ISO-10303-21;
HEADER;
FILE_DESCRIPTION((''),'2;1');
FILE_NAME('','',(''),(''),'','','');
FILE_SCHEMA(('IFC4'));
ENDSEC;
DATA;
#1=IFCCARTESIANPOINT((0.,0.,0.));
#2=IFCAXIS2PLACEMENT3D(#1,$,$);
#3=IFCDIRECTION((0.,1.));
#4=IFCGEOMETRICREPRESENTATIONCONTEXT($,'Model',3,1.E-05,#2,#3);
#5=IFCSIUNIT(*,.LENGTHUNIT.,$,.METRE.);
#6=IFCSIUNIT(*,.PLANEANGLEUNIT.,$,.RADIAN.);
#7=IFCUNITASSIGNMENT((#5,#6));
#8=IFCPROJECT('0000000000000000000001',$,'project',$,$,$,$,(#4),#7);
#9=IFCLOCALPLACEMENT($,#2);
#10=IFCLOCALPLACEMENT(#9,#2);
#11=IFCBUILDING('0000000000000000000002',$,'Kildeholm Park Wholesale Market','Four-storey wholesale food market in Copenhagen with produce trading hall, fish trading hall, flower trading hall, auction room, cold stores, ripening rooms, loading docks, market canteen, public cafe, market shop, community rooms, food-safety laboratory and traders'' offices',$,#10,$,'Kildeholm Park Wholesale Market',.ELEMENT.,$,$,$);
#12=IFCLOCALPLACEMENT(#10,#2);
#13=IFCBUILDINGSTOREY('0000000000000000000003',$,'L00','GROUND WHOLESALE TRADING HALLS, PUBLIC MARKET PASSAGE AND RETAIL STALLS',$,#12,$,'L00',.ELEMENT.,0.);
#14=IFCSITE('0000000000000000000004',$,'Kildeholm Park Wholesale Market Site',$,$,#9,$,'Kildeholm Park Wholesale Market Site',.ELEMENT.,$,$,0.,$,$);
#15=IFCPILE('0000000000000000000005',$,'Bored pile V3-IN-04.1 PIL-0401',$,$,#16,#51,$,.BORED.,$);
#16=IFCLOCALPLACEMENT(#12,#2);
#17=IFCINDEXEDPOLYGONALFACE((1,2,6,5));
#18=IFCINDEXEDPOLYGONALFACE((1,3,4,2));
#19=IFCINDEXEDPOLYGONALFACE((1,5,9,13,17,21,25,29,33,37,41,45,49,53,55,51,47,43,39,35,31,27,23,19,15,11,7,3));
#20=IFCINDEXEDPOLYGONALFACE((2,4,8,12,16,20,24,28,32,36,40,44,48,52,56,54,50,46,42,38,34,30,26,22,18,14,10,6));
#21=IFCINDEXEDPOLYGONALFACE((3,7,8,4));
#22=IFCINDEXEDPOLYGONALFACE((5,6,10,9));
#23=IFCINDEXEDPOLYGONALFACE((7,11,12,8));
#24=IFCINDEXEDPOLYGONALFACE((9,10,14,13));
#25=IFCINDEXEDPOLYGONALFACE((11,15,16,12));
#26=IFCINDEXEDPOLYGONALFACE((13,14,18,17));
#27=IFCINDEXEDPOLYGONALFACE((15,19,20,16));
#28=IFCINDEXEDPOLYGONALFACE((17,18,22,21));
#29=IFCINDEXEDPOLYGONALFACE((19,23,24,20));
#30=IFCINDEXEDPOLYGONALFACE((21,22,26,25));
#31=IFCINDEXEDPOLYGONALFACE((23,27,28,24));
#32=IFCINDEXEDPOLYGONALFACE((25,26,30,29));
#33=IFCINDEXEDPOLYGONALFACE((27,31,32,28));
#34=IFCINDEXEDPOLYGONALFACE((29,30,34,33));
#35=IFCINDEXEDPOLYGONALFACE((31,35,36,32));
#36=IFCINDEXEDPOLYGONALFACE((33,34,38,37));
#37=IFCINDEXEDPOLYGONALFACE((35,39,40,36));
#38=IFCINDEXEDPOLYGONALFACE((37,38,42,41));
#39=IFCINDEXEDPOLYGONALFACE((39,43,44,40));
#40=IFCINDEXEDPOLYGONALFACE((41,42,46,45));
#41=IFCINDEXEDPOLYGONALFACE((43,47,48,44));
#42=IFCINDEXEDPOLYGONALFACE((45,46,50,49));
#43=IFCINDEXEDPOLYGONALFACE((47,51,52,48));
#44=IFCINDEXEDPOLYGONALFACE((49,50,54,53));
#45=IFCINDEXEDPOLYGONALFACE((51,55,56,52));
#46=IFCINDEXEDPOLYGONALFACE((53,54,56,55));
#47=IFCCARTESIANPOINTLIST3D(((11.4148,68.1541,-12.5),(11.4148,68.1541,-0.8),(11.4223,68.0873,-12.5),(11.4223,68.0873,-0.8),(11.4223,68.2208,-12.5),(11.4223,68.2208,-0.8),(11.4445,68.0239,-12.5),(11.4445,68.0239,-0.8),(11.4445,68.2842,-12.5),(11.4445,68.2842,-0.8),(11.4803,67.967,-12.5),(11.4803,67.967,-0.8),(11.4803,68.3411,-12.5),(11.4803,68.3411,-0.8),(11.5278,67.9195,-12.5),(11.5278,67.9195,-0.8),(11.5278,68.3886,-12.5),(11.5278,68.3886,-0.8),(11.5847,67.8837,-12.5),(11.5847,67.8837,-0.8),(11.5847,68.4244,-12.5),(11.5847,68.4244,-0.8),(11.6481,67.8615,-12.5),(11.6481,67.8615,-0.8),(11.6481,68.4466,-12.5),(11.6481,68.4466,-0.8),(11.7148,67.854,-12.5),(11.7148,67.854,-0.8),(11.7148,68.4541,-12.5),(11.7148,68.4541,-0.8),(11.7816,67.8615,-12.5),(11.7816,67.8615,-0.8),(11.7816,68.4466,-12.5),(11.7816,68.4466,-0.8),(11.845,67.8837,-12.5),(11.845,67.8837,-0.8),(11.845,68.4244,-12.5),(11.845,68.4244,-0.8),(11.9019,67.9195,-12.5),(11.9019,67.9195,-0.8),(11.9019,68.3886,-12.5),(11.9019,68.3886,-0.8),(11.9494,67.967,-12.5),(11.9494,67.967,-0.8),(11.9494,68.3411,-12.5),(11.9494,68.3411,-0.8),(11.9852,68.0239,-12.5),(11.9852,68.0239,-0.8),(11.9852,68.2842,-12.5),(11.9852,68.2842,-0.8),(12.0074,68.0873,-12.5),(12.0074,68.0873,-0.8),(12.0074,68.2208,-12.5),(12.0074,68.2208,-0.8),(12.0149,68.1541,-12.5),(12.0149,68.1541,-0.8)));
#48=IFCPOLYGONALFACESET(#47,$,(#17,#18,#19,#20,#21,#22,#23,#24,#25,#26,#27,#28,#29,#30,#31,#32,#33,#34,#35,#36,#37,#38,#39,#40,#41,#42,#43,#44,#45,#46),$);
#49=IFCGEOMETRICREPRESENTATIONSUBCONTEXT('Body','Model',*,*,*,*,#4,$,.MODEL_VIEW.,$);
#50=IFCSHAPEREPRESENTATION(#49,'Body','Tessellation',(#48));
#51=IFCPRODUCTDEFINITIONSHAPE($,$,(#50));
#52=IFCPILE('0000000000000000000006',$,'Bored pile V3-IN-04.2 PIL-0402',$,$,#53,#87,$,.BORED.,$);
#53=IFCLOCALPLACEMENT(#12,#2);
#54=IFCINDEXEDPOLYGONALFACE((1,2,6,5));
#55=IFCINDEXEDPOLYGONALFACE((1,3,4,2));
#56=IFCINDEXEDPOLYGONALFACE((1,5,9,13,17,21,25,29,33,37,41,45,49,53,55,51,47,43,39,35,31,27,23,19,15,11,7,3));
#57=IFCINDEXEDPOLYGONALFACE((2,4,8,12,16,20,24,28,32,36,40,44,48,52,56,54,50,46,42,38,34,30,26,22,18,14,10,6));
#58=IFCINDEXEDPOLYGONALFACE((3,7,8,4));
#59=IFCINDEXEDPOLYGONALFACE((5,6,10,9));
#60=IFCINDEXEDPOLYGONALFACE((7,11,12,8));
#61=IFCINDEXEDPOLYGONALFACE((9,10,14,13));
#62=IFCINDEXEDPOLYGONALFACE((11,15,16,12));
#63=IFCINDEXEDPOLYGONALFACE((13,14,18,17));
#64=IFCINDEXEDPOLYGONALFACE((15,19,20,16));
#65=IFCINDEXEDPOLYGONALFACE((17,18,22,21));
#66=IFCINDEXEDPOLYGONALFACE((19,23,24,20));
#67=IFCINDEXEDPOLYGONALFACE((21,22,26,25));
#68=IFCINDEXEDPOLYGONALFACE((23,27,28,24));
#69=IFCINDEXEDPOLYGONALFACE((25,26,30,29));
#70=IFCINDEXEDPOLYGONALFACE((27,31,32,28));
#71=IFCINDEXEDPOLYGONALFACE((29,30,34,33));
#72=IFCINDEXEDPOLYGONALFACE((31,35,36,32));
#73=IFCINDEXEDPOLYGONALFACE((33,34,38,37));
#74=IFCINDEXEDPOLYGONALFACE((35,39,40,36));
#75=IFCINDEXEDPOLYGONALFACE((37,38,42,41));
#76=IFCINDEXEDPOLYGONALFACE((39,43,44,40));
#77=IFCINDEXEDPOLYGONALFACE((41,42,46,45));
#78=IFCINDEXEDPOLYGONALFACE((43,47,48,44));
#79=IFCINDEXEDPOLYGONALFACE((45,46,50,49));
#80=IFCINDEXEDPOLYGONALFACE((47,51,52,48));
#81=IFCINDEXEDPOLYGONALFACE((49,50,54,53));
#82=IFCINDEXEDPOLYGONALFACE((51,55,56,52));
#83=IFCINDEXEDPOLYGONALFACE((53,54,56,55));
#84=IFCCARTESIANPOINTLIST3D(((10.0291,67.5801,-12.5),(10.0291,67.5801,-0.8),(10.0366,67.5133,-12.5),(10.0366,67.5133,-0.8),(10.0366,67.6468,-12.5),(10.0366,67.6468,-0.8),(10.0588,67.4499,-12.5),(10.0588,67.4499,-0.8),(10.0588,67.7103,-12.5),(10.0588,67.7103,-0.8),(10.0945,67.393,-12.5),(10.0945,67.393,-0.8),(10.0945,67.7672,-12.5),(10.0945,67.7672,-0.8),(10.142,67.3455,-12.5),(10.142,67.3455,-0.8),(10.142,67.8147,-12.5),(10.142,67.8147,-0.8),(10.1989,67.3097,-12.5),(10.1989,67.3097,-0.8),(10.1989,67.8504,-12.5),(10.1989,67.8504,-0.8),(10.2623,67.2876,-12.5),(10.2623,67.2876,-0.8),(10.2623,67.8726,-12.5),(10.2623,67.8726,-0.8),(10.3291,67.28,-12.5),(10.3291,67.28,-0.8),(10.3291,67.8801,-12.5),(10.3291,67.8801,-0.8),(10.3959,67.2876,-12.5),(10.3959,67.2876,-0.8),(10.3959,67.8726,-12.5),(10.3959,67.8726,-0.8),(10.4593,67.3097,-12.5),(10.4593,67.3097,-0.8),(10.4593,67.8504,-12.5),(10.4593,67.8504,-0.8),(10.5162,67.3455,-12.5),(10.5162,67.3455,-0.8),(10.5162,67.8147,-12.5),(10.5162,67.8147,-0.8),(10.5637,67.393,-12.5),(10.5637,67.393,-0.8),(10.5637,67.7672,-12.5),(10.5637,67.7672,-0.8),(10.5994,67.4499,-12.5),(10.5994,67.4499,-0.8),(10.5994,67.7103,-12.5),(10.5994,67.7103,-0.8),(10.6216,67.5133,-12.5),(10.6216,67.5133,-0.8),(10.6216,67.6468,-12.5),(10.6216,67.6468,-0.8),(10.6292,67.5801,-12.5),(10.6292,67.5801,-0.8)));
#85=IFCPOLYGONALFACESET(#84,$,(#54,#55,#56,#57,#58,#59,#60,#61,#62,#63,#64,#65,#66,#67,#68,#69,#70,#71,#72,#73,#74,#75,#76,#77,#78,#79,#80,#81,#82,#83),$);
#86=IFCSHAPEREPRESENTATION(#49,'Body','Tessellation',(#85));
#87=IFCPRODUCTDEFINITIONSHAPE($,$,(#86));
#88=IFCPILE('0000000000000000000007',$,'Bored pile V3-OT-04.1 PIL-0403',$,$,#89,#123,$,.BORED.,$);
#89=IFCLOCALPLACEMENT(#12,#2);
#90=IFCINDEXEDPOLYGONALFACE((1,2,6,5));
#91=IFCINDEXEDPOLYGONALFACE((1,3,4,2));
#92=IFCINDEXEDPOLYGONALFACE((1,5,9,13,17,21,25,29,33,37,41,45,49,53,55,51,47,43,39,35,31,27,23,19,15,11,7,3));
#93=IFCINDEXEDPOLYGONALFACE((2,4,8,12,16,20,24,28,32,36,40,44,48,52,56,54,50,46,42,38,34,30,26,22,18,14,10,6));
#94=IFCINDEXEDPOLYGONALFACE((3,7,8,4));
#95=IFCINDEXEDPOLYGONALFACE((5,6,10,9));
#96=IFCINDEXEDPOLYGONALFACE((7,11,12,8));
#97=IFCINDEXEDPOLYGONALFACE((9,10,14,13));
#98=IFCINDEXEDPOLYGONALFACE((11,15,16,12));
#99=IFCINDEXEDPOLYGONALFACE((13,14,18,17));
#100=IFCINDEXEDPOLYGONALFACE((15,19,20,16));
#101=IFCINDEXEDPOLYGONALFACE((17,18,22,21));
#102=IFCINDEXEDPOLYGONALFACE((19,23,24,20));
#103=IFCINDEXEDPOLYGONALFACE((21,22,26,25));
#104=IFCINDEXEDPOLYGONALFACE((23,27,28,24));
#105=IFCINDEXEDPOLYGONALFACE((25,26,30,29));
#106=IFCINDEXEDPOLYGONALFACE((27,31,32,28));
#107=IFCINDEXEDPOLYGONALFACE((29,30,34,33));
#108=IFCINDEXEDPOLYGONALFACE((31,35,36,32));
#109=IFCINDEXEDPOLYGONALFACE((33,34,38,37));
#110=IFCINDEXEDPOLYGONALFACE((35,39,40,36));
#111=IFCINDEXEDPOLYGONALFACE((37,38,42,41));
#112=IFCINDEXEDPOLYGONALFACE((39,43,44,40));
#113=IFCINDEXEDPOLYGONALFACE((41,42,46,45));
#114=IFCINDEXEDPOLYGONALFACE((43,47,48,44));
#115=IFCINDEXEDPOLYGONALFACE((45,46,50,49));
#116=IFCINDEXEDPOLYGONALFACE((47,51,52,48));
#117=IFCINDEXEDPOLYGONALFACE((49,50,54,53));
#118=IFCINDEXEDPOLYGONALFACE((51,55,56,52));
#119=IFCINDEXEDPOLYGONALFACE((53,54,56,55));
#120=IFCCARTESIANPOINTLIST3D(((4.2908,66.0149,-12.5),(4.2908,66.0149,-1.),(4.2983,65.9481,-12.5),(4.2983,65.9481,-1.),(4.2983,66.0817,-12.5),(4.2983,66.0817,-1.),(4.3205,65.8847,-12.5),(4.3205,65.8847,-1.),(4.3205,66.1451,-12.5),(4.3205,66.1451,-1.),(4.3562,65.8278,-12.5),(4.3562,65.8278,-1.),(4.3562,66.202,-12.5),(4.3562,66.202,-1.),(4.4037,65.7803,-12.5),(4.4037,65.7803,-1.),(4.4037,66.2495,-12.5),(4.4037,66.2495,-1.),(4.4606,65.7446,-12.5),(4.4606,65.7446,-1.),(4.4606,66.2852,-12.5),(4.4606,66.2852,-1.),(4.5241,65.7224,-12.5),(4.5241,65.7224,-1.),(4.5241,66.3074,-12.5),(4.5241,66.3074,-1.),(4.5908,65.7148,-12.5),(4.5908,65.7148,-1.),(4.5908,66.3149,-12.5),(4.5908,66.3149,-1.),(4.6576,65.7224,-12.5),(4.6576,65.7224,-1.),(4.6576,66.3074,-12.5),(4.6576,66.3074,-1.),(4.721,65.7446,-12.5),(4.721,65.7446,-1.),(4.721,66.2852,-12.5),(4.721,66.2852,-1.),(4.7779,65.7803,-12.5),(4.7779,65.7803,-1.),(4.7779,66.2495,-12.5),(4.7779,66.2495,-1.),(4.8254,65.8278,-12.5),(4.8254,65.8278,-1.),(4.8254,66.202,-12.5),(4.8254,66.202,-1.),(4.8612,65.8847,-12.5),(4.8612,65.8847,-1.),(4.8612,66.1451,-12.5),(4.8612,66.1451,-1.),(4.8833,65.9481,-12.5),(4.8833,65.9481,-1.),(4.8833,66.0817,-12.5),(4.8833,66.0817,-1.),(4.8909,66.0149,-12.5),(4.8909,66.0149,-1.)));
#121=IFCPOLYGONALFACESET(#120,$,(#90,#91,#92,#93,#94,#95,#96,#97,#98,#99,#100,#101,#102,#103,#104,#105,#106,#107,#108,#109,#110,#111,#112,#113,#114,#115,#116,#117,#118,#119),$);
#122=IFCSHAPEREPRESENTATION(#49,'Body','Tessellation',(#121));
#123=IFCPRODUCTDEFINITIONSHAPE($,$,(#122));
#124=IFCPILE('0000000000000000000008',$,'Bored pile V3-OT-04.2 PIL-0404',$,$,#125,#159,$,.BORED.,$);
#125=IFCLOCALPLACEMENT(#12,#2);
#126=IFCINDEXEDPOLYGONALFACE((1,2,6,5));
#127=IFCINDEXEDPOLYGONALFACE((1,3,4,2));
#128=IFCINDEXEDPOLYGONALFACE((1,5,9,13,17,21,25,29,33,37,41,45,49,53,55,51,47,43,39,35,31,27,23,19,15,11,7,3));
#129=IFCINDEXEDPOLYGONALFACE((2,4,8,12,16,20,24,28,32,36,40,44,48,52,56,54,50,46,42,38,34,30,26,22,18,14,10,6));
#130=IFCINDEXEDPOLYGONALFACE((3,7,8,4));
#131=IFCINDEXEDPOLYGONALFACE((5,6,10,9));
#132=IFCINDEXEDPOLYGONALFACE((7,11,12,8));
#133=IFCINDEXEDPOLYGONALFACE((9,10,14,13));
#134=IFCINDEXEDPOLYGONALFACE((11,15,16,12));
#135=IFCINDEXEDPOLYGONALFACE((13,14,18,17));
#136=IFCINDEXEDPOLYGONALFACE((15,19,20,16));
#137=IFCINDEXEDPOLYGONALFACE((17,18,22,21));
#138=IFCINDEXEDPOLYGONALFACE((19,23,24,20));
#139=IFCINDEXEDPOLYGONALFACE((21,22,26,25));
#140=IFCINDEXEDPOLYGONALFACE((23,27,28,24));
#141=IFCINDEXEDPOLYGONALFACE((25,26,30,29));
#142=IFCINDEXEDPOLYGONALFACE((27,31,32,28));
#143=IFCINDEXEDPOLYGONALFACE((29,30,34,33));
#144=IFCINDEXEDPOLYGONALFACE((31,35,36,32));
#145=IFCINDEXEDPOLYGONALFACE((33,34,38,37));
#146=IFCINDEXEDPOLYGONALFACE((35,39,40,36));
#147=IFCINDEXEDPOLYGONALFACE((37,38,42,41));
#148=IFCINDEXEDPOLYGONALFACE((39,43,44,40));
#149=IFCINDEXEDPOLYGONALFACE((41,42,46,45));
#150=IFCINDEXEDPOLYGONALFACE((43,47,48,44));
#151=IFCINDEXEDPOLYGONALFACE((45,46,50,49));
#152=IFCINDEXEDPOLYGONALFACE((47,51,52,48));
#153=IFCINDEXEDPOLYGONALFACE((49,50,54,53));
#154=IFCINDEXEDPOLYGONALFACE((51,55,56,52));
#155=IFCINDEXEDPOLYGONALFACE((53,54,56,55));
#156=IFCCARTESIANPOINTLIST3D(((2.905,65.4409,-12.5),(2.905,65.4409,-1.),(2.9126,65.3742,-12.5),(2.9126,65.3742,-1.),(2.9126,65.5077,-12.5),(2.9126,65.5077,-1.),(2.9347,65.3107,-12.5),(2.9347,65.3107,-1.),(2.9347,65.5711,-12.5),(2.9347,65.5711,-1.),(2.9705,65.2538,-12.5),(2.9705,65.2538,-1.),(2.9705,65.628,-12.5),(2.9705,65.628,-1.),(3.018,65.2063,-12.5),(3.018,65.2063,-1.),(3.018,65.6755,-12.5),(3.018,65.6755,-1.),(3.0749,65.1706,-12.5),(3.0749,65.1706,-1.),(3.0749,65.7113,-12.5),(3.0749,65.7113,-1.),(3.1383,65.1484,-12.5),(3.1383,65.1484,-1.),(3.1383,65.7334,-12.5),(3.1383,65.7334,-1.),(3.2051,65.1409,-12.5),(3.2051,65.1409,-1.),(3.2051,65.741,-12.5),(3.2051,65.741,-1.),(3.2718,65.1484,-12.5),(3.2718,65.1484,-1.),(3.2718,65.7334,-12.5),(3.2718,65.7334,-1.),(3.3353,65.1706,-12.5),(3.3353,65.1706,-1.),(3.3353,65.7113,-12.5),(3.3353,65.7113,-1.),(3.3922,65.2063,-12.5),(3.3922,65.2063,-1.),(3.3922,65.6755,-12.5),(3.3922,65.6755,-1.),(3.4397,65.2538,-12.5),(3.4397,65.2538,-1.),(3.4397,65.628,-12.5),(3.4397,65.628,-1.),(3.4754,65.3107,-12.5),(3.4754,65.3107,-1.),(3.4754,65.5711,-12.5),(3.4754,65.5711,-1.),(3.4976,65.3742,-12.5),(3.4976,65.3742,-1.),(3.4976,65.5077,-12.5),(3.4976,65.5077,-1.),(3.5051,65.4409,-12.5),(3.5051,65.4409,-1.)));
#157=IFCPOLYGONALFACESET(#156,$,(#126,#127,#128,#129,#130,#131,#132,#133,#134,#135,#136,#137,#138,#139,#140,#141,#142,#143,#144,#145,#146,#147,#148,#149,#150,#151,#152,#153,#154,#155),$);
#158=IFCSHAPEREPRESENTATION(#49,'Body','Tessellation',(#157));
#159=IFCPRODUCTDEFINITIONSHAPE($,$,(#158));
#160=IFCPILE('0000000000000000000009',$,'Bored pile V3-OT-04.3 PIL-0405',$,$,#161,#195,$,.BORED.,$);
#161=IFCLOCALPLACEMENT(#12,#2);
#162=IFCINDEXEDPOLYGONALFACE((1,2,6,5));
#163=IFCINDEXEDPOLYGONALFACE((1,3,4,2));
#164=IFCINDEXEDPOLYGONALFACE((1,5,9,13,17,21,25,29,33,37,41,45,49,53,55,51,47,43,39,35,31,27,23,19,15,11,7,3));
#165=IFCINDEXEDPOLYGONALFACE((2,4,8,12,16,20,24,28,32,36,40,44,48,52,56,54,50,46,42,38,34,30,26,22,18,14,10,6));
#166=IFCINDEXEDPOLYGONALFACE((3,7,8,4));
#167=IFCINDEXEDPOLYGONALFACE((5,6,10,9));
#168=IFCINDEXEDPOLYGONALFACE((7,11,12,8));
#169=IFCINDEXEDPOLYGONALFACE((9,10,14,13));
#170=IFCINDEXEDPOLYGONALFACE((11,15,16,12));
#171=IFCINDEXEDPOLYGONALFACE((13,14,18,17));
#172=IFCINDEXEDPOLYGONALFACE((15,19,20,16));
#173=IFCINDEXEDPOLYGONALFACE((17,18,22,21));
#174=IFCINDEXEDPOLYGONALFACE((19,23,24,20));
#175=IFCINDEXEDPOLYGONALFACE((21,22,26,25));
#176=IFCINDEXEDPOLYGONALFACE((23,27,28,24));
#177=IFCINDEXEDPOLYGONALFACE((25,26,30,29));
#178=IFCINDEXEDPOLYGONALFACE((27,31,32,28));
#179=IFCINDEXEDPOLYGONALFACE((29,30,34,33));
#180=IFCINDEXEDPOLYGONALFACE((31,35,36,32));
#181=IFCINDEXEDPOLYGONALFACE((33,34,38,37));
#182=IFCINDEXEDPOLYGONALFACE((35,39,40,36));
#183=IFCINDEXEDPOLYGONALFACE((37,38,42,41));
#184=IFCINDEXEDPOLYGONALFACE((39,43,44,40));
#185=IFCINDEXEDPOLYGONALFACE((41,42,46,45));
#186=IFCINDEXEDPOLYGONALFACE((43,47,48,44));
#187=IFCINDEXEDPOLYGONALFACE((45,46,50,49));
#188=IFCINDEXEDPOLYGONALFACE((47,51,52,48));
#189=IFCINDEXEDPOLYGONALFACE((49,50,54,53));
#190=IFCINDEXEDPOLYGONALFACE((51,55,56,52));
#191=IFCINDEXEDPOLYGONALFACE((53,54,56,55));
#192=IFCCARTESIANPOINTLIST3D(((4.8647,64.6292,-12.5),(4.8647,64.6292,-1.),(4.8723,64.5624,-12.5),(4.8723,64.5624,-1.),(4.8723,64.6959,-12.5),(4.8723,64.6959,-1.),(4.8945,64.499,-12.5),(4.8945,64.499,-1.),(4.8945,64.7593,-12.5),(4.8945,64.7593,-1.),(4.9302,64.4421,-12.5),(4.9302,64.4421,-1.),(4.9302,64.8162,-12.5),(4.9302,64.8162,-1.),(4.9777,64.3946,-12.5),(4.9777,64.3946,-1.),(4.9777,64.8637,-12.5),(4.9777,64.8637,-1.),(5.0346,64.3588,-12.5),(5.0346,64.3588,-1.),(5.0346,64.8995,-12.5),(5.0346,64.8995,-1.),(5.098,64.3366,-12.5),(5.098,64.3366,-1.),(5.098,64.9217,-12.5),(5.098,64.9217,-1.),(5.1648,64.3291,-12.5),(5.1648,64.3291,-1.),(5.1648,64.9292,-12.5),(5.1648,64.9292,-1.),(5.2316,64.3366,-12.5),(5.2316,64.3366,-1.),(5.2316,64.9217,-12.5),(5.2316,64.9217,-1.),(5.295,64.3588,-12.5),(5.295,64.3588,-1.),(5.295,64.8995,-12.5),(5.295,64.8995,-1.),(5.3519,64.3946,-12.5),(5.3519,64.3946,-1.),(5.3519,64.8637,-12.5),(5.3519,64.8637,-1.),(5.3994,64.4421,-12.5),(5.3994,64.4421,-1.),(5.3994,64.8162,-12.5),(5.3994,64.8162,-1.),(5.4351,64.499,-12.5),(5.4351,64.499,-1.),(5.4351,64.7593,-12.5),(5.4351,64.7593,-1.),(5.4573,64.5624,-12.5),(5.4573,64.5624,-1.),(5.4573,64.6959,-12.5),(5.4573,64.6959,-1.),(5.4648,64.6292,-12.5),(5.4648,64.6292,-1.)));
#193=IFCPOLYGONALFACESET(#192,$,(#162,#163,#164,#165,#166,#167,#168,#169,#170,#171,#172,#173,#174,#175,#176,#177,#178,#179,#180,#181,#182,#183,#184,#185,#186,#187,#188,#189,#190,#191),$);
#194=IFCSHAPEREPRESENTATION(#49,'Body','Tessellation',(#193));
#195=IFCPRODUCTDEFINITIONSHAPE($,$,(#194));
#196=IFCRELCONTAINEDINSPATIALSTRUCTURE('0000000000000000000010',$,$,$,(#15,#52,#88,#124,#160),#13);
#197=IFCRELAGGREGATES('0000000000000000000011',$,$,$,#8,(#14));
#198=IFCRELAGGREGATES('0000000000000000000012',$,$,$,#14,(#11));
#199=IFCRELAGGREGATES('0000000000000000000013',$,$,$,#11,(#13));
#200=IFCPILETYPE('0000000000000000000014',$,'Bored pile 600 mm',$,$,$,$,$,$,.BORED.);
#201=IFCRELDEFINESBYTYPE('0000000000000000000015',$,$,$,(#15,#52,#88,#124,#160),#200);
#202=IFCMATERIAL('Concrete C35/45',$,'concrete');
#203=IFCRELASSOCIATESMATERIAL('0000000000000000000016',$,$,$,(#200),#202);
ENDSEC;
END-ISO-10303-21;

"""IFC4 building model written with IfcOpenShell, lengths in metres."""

from ifc_helpers import new_model, si_unit, direction, frame, origin, origin_2d, place, context, subcontext, project, spatial, circle, extrude, material, material_profile, profile_set, type_object, element, save


model = new_model("IFC4")

# Units and contexts
model_context = context("Model", 3, precision=1e-05, world=origin(), true_north=direction((0.0, 1.0)))
body_context = subcontext(model_context, "Body", "Model", "MODEL_VIEW")
ifc_project = project(units=[si_unit("LENGTHUNIT", "METRE"), si_unit("PLANEANGLEUNIT", "RADIAN")], contexts=[model_context])

# Site, building, storey
site_placement = place(None, origin())
site = spatial("IfcSite", under=ifc_project, at=site_placement, Name="Kildeholm Park Wholesale Market Site", LongName="Kildeholm Park Wholesale Market Site", CompositionType="ELEMENT", RefElevation=0.0)
building_placement = place(site_placement, origin())
building = spatial("IfcBuilding", under=site, at=building_placement, Name="Kildeholm Park Wholesale Market", Description="Four-storey wholesale food market in Copenhagen with produce trading hall, fish trading hall, flower trading hall, auction room, cold stores, ripening rooms, loading docks, market canteen, public cafe, market shop, community rooms, food-safety laboratory and traders' offices", LongName="Kildeholm Park Wholesale Market", CompositionType="ELEMENT")
storey_placement = place(building_placement, origin())
storey = spatial("IfcBuildingStorey", under=building, at=storey_placement, Name="L00", Description="GROUND WHOLESALE TRADING HALLS, PUBLIC MARKET PASSAGE AND RETAIL STALLS", LongName="L00", CompositionType="ELEMENT", Elevation=0.0)

# Piles
ifc_material_1 = material(Name="Concrete C35/45", Category="concrete")
ifc_material_profile_1 = material_profile(ifc_material_1, circle(Radius=0.3, at=origin_2d()), Name="PILE D600")
ifc_profile_set_1 = profile_set([ifc_material_profile_1], Name="Concrete C35/45")
pile_type = type_object("IfcPileType", Name="Bored pile 600 mm", PredefinedType="BORED", material=ifc_profile_set_1)
for number, where, z_axis, x_axis, name in (
    (1, (11.7148, 68.1541, -0.8), (0.0, 0.0, -1.0), (1.0, 0.0, 0.0), "Bored pile V3-IN-04.1 PIL-0401"),
    (2, (10.3291, 67.5801, -0.8), (0.0, 0.0, -1.0), (1.0, 0.0, 0.0), "Bored pile V3-IN-04.2 PIL-0402"),
):
    element("IfcPile", number, at=place(storey_placement, frame(where, z_axis=z_axis, x_axis=x_axis)), inside=storey, type_object=pile_type, Name=name, PredefinedType="BORED", context=body_context, shape_type="SweptSolid", body=[
        extrude(circle(Radius=0.3, at=origin_2d()), origin(), (0.0, 0.0, 1.0), 11.7),
    ])
for number, where, z_axis, x_axis, name in (
    (3, (4.5908, 66.0149, -1.0), (0.0, 0.0, -1.0), (1.0, 0.0, 0.0), "Bored pile V3-OT-04.1 PIL-0403"),
    (4, (3.2051, 65.4409, -1.0), (0.0, 0.0, -1.0), (1.0, 0.0, 0.0), "Bored pile V3-OT-04.2 PIL-0404"),
    (5, (5.1648, 64.6292, -1.0), (0.0, 0.0, -1.0), (1.0, 0.0, 0.0), "Bored pile V3-OT-04.3 PIL-0405"),
):
    element("IfcPile", number, at=place(storey_placement, frame(where, z_axis=z_axis, x_axis=x_axis)), inside=storey, type_object=pile_type, Name=name, PredefinedType="BORED", context=body_context, shape_type="SweptSolid", body=[
        extrude(circle(Radius=0.3, at=origin_2d()), origin(), (0.0, 0.0, 1.0), 11.5),
    ])

save(model, "model.ifc")
